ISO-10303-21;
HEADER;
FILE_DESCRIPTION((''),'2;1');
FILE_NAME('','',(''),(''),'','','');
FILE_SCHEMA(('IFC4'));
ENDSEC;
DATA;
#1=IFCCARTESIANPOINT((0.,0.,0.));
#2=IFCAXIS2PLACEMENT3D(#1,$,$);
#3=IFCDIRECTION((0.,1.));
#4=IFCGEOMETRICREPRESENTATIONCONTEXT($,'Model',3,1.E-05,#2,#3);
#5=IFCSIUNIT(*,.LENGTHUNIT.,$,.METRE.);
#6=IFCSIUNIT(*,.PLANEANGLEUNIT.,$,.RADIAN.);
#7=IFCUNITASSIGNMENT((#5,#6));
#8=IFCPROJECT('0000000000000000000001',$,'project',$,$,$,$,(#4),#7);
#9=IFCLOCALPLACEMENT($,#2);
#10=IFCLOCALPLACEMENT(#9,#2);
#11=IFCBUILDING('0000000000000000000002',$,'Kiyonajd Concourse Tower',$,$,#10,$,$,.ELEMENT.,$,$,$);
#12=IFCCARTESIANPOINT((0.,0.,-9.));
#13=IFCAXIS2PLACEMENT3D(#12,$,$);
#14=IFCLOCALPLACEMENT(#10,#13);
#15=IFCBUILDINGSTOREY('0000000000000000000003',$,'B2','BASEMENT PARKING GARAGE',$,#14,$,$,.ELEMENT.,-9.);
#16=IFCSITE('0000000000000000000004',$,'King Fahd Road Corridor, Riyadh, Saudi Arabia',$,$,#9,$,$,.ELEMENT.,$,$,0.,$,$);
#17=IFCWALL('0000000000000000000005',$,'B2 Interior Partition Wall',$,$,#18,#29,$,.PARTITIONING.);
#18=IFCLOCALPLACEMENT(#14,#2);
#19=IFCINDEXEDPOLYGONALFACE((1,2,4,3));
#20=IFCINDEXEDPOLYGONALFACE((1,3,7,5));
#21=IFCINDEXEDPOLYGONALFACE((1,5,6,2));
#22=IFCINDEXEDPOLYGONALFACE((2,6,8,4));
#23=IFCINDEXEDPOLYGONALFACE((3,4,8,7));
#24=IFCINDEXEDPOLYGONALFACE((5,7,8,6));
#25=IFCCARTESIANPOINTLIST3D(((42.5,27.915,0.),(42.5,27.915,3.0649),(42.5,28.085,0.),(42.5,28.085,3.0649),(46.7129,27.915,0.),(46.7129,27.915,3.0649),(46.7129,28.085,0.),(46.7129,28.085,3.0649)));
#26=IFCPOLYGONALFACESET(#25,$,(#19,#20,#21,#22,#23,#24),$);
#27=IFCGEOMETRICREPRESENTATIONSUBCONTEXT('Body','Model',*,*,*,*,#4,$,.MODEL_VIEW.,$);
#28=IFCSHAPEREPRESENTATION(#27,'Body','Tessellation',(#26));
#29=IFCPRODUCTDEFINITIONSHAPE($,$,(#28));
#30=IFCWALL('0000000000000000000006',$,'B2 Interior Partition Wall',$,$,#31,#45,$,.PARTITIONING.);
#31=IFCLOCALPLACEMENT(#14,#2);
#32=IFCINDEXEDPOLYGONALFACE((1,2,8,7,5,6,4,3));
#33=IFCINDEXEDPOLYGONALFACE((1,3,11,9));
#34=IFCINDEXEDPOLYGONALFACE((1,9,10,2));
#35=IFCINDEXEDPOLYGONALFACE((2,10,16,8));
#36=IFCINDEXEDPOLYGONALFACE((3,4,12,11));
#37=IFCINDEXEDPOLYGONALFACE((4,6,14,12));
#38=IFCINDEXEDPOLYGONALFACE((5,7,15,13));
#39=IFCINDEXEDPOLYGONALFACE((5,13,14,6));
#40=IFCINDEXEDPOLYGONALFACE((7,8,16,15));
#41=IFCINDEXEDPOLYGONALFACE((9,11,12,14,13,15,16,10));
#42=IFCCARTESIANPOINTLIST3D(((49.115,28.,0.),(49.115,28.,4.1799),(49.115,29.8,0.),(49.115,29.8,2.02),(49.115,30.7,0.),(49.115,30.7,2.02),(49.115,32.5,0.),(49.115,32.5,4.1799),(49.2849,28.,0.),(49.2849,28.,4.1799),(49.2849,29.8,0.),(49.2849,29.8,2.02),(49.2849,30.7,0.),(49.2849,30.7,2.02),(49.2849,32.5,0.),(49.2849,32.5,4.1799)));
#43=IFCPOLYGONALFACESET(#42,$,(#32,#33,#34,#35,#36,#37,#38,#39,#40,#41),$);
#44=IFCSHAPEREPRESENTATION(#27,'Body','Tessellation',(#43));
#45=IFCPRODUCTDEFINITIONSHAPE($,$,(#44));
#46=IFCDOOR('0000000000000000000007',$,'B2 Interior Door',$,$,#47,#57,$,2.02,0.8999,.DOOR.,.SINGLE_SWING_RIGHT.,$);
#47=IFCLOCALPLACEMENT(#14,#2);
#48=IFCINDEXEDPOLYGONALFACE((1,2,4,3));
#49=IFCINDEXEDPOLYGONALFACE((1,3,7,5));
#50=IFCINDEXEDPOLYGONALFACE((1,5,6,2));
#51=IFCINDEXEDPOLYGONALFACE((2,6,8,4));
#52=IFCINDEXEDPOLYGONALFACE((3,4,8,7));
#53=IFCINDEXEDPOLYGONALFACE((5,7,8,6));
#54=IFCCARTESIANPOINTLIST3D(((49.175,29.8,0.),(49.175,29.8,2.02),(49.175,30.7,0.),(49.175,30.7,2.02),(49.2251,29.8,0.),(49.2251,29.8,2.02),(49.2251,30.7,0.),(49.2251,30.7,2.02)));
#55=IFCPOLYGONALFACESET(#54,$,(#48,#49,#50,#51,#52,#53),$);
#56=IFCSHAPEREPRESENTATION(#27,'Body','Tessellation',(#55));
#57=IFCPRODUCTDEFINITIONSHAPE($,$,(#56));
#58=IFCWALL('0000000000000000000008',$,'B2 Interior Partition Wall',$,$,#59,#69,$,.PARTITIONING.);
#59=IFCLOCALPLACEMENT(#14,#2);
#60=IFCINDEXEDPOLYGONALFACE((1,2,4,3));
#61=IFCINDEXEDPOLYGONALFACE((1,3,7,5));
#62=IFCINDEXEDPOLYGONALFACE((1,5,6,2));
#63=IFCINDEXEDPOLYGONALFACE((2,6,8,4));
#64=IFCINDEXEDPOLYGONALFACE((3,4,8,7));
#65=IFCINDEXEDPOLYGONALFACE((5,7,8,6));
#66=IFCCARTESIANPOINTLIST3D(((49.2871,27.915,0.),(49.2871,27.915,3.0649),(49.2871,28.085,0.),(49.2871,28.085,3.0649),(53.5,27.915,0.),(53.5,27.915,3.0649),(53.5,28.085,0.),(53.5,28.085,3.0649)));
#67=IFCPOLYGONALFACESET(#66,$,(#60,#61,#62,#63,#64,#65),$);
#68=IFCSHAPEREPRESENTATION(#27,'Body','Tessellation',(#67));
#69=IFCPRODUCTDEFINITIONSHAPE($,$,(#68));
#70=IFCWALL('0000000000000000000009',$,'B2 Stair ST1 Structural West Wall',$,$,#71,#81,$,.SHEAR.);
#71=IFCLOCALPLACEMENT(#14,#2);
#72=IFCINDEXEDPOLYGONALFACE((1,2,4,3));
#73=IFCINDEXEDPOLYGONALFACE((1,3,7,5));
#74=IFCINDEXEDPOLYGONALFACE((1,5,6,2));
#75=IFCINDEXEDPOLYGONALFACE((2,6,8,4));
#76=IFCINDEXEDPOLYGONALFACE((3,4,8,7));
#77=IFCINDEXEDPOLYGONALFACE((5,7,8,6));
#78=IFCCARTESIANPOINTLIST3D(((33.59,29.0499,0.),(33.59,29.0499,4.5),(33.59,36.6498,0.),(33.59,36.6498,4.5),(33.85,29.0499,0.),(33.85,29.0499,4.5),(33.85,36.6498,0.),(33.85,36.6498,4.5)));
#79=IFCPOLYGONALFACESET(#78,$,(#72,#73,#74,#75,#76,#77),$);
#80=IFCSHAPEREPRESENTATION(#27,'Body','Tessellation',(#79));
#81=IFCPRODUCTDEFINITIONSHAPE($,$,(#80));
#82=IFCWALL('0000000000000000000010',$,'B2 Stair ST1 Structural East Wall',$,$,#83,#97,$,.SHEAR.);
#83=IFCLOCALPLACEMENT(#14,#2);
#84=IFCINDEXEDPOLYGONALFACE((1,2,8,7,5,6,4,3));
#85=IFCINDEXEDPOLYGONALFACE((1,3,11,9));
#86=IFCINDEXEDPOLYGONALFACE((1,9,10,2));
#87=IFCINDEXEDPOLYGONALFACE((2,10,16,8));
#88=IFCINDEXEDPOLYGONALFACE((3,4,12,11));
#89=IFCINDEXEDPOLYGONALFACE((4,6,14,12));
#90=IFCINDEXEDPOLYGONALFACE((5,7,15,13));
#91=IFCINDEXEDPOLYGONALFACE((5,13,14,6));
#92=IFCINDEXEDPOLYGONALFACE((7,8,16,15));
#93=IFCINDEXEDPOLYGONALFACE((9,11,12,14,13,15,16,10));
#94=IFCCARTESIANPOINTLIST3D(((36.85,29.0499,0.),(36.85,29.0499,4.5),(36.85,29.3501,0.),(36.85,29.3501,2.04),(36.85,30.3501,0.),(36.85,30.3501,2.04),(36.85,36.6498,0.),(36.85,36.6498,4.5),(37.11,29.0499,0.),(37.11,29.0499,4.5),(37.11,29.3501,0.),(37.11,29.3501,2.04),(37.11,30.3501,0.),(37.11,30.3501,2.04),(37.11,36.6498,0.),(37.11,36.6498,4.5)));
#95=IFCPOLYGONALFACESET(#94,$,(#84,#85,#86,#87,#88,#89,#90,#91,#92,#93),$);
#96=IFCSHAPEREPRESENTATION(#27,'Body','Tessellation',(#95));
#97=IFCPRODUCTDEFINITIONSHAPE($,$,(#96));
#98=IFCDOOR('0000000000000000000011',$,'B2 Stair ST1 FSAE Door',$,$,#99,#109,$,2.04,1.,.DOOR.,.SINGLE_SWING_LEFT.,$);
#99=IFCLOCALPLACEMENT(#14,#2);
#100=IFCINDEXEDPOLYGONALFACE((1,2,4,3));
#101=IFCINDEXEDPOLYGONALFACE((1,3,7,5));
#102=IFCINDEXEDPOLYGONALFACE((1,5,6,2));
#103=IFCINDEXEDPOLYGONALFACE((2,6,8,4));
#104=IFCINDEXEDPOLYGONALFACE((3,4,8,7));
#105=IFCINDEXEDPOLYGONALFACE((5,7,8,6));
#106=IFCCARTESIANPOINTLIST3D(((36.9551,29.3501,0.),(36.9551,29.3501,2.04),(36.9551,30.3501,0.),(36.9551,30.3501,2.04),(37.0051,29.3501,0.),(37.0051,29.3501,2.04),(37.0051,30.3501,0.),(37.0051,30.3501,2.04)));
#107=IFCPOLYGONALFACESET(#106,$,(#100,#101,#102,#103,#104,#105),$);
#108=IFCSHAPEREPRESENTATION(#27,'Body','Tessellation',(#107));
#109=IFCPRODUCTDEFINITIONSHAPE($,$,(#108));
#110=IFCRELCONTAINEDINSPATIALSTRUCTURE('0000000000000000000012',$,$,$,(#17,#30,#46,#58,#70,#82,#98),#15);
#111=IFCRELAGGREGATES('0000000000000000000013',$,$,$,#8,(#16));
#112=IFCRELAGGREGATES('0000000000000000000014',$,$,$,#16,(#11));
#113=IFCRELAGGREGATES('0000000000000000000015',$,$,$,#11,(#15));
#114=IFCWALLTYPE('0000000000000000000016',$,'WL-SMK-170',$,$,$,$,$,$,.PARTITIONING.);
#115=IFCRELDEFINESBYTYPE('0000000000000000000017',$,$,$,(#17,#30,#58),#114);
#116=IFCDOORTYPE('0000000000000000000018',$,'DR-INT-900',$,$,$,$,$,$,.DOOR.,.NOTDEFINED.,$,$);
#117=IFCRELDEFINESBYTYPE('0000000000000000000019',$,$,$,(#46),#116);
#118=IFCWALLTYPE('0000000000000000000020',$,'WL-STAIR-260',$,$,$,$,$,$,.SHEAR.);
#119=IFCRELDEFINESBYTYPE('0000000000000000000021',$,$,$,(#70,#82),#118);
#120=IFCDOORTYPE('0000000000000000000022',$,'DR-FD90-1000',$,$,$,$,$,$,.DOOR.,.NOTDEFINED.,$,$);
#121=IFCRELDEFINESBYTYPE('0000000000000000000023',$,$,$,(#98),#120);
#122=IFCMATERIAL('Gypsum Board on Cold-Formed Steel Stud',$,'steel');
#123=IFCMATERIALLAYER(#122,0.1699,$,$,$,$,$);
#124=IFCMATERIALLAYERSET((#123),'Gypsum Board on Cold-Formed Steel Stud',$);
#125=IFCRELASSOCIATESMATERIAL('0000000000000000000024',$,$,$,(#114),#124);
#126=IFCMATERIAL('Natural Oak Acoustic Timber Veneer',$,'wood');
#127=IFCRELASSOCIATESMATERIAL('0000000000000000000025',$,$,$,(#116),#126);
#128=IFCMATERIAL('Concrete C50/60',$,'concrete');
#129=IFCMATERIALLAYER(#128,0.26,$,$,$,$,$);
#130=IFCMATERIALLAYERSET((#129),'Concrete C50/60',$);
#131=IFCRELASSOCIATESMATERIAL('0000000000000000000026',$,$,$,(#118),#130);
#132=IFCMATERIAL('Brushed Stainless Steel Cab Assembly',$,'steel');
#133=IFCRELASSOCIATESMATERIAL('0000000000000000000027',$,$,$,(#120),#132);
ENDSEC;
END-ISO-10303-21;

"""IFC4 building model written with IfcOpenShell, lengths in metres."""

from ifc_helpers import new_model, si_unit, direction, frame, frame_2d, origin, place, context, subcontext, project, spatial, rectangle, extrude, material, layer, layer_set, type_object, element, fill, save


model = new_model("IFC4")

# Units and contexts
model_context = context("Model", 3, precision=1e-05, world=origin(), true_north=direction((0.0, 1.0)))
body_context = subcontext(model_context, "Body", "Model", "MODEL_VIEW")
ifc_project = project(units=[si_unit("LENGTHUNIT", "METRE"), si_unit("PLANEANGLEUNIT", "RADIAN")], contexts=[model_context])

# Site, building, storey
site_placement = place(None, origin())
site = spatial("IfcSite", under=ifc_project, at=site_placement, Name="King Fahd Road Corridor, Riyadh, Saudi Arabia", CompositionType="ELEMENT", RefElevation=0.0)
building_placement = place(site_placement, origin())
building = spatial("IfcBuilding", under=site, at=building_placement, Name="Kiyonajd Concourse Tower", CompositionType="ELEMENT")
storey_placement = place(building_placement, frame((0.0, 0.0, -9.0)))
storey = spatial("IfcBuildingStorey", under=building, at=storey_placement, Name="B2", Description="BASEMENT PARKING GARAGE", CompositionType="ELEMENT", Elevation=-9.0)

# Shared definitions
ifc_material_1 = material(Name="Concrete C50/60", Category="concrete")

# Shared definitions
ifc_material_2 = material(Name="Gypsum Board on Cold-Formed Steel Stud", Category="steel")
ifc_layer_1 = layer(ifc_material_2, 0.1699)
ifc_layer_set_1 = layer_set([ifc_layer_1], Name="Gypsum Board on Cold-Formed Steel Stud")
wall_type_1 = type_object("IfcWallType", Name="WL-SMK-170", PredefinedType="PARTITIONING", material=ifc_layer_set_1)
ifc_material_3 = material(Name="Natural Oak Acoustic Timber Veneer", Category="wood")
door_type_1 = type_object("IfcDoorType", Name="DR-INT-900", OperationType="NOTDEFINED", PredefinedType="DOOR", material=ifc_material_3)

# Wall
wall_1_placement = place(storey_placement, frame((42.5, 28.0, 0.0), z_axis=(0.0, 0.0, 1.0), x_axis=(1.0, 0.0, 0.0)))
element("IfcWall", 1, at=wall_1_placement, inside=storey, type_object=wall_type_1, Name="B2 Interior Partition Wall", PredefinedType="PARTITIONING", context=body_context, shape_type="SweptSolid", body=[
    extrude(rectangle(XDim=4.2129, YDim=0.1699, at=frame_2d((2.1064, 0.0))), origin(), (0.0, 0.0, 1.0), 3.0649),
])

# Wall, opening, door
wall_2_placement = place(storey_placement, frame((49.2, 28.0, 0.0), z_axis=(0.0, 0.0, 1.0), x_axis=(0.0, 1.0, 0.0)))
wall_2 = element("IfcWall", 2, at=wall_2_placement, inside=storey, type_object=wall_type_1, Name="B2 Interior Partition Wall", PredefinedType="PARTITIONING", context=body_context, shape_type="SweptSolid", body=[
    extrude(rectangle(XDim=4.5, YDim=0.1699, at=frame_2d((2.25, 0.0))), origin(), (0.0, 0.0, 1.0), 4.1799),
])
opening_1_placement = place(wall_2_placement, frame((1.8, 0.0, 0.0)))
opening_1 = element("IfcOpeningElement", 3, at=opening_1_placement, cuts=wall_2, PredefinedType="OPENING", context=body_context, shape_type="SweptSolid", body=[
    extrude(rectangle(XDim=0.8999, YDim=2.02, at=frame_2d((0.45, 1.01))), frame((0.0, 0.095, 0.0), z_axis=(0.0, -1.0, 0.0), x_axis=(1.0, 0.0, 0.0)), (0.0, 0.0, 1.0), 0.1899),
])
door_1_placement = place(opening_1_placement, origin())
door_1 = element("IfcDoor", 4, at=door_1_placement, inside=storey, type_object=door_type_1, Name="B2 Interior Door", OperationType="SINGLE_SWING_RIGHT", OverallHeight=2.02, OverallWidth=0.8999, PredefinedType="DOOR", context=body_context, shape_type="SweptSolid", body=[
    extrude(rectangle(XDim=0.8999, YDim=2.02, at=frame_2d((0.45, 1.01))), frame((0.0, 0.0249, 0.0), z_axis=(0.0, -1.0, 0.0), x_axis=(1.0, 0.0, 0.0)), (0.0, 0.0, 1.0), 0.05),
])
fill(opening_1, door_1)

# Walls
wall_3_placement = place(storey_placement, frame((49.2871, 28.0, 0.0), z_axis=(0.0, 0.0, 1.0), x_axis=(1.0, 0.0, 0.0)))
element("IfcWall", 5, at=wall_3_placement, inside=storey, type_object=wall_type_1, Name="B2 Interior Partition Wall", PredefinedType="PARTITIONING", context=body_context, shape_type="SweptSolid", body=[
    extrude(rectangle(XDim=4.2129, YDim=0.1699, at=frame_2d((2.1064, 0.0))), origin(), (0.0, 0.0, 1.0), 3.0649),
])
ifc_layer_2 = layer(ifc_material_1, 0.26)
ifc_layer_set_2 = layer_set([ifc_layer_2], Name="Concrete C50/60")
wall_type_2 = type_object("IfcWallType", Name="WL-STAIR-260", PredefinedType="SHEAR", material=ifc_layer_set_2)
wall_4_placement = place(storey_placement, frame((33.72, 29.05, 0.0), z_axis=(0.0, 0.0, 1.0), x_axis=(0.0, 1.0, 0.0)))
element("IfcWall", 6, at=wall_4_placement, inside=storey, type_object=wall_type_2, Name="B2 Stair ST1 Structural West Wall", PredefinedType="SHEAR", context=body_context, shape_type="SweptSolid", body=[
    extrude(rectangle(XDim=7.5999, YDim=0.26, at=frame_2d((3.7998, 0.0))), origin(), (0.0, 0.0, 1.0), 4.5),
])

# Wall, opening, door
wall_5_placement = place(storey_placement, frame((36.98, 29.05, 0.0), z_axis=(0.0, 0.0, 1.0), x_axis=(0.0, 1.0, 0.0)))
wall_5 = element("IfcWall", 7, at=wall_5_placement, inside=storey, type_object=wall_type_2, Name="B2 Stair ST1 Structural East Wall", PredefinedType="SHEAR", context=body_context, shape_type="SweptSolid", body=[
    extrude(rectangle(XDim=7.5999, YDim=0.26, at=frame_2d((3.7998, 0.0))), origin(), (0.0, 0.0, 1.0), 4.5),
])
opening_2_placement = place(wall_5_placement, frame((0.3, 0.0, 0.0)))
opening_2 = element("IfcOpeningElement", 8, at=opening_2_placement, cuts=wall_5, PredefinedType="OPENING", context=body_context, shape_type="SweptSolid", body=[
    extrude(rectangle(XDim=1.0, YDim=2.04, at=frame_2d((0.5, 1.02))), frame((0.0, 0.1399, 0.0), z_axis=(0.0, -1.0, 0.0), x_axis=(1.0, 0.0, 0.0)), (0.0, 0.0, 1.0), 0.28),
])
ifc_material_4 = material(Name="Brushed Stainless Steel Cab Assembly", Category="steel")
door_type_2 = type_object("IfcDoorType", Name="DR-FD90-1000", OperationType="NOTDEFINED", PredefinedType="DOOR", material=ifc_material_4)
door_2_placement = place(opening_2_placement, origin())
door_2 = element("IfcDoor", 9, at=door_2_placement, inside=storey, type_object=door_type_2, Name="B2 Stair ST1 FSAE Door", OperationType="SINGLE_SWING_LEFT", OverallHeight=2.04, OverallWidth=1.0, PredefinedType="DOOR", context=body_context, shape_type="SweptSolid", body=[
    extrude(rectangle(XDim=1.0, YDim=2.04, at=frame_2d((0.5, 1.02))), frame((0.0, 0.0249, 0.0), z_axis=(0.0, -1.0, 0.0), x_axis=(1.0, 0.0, 0.0)), (0.0, 0.0, 1.0), 0.05),
])
fill(opening_2, door_2)

save(model, "model.ifc")
